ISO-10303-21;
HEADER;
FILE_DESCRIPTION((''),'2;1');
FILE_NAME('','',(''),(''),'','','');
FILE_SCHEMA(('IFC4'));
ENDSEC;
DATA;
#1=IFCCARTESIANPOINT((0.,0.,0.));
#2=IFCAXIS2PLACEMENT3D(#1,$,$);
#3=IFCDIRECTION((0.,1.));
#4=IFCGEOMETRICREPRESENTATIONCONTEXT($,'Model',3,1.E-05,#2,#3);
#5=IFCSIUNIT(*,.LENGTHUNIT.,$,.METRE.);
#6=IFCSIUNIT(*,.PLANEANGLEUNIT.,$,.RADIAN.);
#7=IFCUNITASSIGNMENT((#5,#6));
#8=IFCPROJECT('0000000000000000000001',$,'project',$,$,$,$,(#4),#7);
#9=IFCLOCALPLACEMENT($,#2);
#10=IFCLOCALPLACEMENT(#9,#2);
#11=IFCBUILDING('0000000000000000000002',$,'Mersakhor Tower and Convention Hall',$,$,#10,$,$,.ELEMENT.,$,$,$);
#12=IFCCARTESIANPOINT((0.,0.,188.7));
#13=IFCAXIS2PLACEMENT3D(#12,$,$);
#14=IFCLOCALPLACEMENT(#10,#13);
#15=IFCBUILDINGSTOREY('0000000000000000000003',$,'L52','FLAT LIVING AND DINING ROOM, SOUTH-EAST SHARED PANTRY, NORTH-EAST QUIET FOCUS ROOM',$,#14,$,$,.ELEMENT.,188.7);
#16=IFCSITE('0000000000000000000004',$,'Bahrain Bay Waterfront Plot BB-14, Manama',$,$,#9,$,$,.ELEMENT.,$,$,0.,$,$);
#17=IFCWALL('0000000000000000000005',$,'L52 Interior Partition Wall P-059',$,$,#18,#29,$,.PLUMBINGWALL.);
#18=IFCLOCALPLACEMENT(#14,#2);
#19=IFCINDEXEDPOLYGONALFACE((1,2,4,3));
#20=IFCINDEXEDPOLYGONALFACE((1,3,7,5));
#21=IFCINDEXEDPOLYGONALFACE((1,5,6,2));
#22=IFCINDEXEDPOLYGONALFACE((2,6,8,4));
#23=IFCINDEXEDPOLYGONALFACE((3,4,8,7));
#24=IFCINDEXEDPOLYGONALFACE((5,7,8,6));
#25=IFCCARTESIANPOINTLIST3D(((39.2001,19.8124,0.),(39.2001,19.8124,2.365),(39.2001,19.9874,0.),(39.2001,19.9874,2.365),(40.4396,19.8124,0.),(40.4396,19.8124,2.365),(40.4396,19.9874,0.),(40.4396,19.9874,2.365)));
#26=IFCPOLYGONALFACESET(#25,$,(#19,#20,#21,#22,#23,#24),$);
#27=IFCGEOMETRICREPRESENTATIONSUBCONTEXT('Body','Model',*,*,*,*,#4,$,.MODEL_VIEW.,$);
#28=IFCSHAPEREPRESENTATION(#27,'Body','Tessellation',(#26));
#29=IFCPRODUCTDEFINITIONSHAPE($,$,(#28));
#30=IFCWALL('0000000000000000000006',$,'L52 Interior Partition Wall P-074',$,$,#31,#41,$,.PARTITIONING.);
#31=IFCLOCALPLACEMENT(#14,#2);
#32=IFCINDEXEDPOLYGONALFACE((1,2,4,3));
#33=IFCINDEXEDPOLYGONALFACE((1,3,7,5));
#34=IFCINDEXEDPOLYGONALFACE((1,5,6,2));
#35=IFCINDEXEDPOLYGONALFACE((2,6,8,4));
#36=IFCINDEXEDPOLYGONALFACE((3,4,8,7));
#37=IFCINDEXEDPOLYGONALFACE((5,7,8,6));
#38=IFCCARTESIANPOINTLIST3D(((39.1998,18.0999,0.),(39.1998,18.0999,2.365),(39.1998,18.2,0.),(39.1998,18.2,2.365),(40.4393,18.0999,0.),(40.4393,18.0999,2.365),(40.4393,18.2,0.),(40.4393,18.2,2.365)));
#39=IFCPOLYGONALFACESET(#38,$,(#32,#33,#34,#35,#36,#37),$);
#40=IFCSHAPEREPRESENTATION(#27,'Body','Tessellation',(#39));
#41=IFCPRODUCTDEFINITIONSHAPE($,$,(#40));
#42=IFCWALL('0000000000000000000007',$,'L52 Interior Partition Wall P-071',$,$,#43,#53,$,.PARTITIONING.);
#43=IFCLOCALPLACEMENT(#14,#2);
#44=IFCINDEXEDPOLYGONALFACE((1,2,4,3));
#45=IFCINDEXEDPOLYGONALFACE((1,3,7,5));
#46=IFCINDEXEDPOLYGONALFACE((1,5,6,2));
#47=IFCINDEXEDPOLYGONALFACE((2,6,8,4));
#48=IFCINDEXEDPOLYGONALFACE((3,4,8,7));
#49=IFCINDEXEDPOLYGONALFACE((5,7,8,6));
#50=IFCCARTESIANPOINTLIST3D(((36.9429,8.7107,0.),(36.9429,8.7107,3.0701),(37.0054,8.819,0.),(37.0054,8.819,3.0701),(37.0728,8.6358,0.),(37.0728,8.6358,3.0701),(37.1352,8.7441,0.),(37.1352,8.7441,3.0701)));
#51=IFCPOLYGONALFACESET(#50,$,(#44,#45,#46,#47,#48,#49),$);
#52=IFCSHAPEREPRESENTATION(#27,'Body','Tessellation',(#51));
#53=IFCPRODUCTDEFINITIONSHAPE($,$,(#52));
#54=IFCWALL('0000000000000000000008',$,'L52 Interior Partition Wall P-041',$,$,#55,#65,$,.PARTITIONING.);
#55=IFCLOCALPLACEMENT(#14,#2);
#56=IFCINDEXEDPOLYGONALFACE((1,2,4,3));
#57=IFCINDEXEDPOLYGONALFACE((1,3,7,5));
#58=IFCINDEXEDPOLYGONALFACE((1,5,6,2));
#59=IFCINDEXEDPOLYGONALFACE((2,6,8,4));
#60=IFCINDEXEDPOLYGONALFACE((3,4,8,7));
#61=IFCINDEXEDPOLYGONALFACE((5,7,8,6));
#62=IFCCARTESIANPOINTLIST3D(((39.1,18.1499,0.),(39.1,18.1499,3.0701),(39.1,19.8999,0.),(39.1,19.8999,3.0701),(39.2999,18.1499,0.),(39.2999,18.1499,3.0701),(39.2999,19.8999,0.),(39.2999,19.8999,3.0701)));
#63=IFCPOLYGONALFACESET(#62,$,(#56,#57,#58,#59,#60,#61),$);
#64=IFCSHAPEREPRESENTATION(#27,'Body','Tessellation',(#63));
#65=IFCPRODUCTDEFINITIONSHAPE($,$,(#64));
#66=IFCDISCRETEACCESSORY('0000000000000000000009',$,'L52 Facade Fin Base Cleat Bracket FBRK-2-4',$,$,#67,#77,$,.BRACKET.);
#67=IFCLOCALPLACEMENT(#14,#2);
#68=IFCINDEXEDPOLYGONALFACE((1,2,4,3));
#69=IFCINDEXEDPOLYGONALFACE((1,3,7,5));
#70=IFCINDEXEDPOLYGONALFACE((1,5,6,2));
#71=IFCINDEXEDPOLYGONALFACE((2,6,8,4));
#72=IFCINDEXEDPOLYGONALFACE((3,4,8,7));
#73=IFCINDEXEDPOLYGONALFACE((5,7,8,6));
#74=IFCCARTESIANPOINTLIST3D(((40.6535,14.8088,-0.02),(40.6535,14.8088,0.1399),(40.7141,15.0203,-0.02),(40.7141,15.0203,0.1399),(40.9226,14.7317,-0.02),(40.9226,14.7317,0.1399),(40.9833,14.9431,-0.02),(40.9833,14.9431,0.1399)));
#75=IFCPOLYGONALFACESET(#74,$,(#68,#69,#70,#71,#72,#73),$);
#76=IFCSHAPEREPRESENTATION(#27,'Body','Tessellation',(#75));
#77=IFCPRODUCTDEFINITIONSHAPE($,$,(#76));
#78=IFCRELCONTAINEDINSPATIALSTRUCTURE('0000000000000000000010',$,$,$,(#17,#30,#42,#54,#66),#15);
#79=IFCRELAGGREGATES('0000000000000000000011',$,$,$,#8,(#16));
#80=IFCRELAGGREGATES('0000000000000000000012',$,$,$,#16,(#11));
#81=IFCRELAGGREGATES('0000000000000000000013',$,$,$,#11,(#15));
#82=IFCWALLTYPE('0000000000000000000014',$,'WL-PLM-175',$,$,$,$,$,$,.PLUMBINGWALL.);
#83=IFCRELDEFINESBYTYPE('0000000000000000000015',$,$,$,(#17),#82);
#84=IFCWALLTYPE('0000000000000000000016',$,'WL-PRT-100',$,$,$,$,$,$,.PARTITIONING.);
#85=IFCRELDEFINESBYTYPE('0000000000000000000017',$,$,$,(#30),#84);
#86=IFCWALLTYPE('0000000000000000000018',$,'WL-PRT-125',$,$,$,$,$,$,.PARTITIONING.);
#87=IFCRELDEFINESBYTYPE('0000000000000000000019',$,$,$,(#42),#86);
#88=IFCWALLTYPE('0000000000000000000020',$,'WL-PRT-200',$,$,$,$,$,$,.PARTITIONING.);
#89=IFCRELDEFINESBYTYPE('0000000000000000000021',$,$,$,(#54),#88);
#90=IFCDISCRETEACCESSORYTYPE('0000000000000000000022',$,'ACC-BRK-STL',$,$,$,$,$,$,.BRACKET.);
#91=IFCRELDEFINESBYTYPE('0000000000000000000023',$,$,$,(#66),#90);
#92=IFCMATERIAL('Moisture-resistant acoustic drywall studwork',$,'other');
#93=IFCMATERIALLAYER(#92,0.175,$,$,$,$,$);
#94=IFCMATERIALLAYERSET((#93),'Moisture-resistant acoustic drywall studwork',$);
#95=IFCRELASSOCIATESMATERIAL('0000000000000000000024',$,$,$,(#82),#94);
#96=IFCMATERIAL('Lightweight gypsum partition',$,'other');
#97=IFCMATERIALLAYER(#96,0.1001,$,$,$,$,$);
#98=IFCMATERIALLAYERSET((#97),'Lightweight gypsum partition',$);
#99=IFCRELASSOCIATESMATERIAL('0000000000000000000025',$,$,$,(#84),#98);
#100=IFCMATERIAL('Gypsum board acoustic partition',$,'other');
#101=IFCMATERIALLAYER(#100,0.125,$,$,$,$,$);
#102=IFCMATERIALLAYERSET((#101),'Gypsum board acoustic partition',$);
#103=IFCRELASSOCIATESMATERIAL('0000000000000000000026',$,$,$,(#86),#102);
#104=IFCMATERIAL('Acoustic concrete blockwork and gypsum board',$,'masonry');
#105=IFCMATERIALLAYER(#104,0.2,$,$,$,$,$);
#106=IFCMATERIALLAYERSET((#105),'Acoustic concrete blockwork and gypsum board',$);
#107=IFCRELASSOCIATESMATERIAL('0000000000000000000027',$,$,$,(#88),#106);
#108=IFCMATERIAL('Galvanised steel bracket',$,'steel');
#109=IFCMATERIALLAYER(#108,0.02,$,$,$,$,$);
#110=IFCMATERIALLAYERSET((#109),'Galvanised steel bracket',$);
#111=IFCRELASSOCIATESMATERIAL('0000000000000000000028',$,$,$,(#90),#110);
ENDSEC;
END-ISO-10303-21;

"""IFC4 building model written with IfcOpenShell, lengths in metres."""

from ifc_helpers import new_model, si_unit, direction, frame, frame_2d, origin, origin_2d, place, context, subcontext, project, spatial, rectangle, extrude, material, layer, layer_set, type_object, element, save


model = new_model("IFC4")

# Units and contexts
model_context = context("Model", 3, precision=1e-05, world=origin(), true_north=direction((0.0, 1.0)))
body_context = subcontext(model_context, "Body", "Model", "MODEL_VIEW")
ifc_project = project(units=[si_unit("LENGTHUNIT", "METRE"), si_unit("PLANEANGLEUNIT", "RADIAN")], contexts=[model_context])

# Site, building, storey
site_placement = place(None, origin())
site = spatial("IfcSite", under=ifc_project, at=site_placement, Name="Bahrain Bay Waterfront Plot BB-14, Manama", CompositionType="ELEMENT", RefElevation=0.0)
building_placement = place(site_placement, origin())
building = spatial("IfcBuilding", under=site, at=building_placement, Name="Mersakhor Tower and Convention Hall", CompositionType="ELEMENT")
storey_placement = place(building_placement, frame((0.0, 0.0, 188.7)))
storey = spatial("IfcBuildingStorey", under=building, at=storey_placement, Name="L52", Description="FLAT LIVING AND DINING ROOM, SOUTH-EAST SHARED PANTRY, NORTH-EAST QUIET FOCUS ROOM", CompositionType="ELEMENT", Elevation=188.7)

# Walls
ifc_material_1 = material(Name="Moisture-resistant acoustic drywall studwork", Category="other")
ifc_layer_1 = layer(ifc_material_1, 0.175)
ifc_layer_set_1 = layer_set([ifc_layer_1], Name="Moisture-resistant acoustic drywall studwork")
wall_type_1 = type_object("IfcWallType", Name="WL-PLM-175", PredefinedType="PLUMBINGWALL", material=ifc_layer_set_1)
wall_1_placement = place(storey_placement, frame((40.4395, 19.8999, 0.0), z_axis=(0.0, 0.0, 1.0), x_axis=(-1.0, 0.0, 0.0)))
element("IfcWall", 1, at=wall_1_placement, inside=storey, type_object=wall_type_1, Name="L52 Interior Partition Wall P-059", PredefinedType="PLUMBINGWALL", context=body_context, shape_type="SweptSolid", body=[
    extrude(rectangle(XDim=1.2395, YDim=0.175, at=frame_2d((0.6196, 0.0))), origin(), (0.0, 0.0, 1.0), 2.365),
])
ifc_material_2 = material(Name="Lightweight gypsum partition", Category="other")
ifc_layer_2 = layer(ifc_material_2, 0.1001)
ifc_layer_set_2 = layer_set([ifc_layer_2], Name="Lightweight gypsum partition")
wall_type_2 = type_object("IfcWallType", Name="WL-PRT-100", PredefinedType="PARTITIONING", material=ifc_layer_set_2)
wall_2_placement = place(storey_placement, frame((39.2, 18.1499, 0.0), z_axis=(0.0, 0.0, 1.0), x_axis=(1.0, 0.0, 0.0)))
element("IfcWall", 2, at=wall_2_placement, inside=storey, type_object=wall_type_2, Name="L52 Interior Partition Wall P-074", PredefinedType="PARTITIONING", context=body_context, shape_type="SweptSolid", body=[
    extrude(rectangle(XDim=1.2395, YDim=0.1001, at=frame_2d((0.6196, 0.0))), origin(), (0.0, 0.0, 1.0), 2.365),
])
ifc_material_3 = material(Name="Gypsum board acoustic partition", Category="other")
ifc_layer_3 = layer(ifc_material_3, 0.125)
ifc_layer_set_3 = layer_set([ifc_layer_3], Name="Gypsum board acoustic partition")
wall_type_3 = type_object("IfcWallType", Name="WL-PRT-125", PredefinedType="PARTITIONING", material=ifc_layer_set_3)
wall_3_placement = place(storey_placement, frame((37.104, 8.6899, 0.0), z_axis=(0.0, 0.0, 1.0), x_axis=(-0.866131, 0.499816, 0.0)))
element("IfcWall", 3, at=wall_3_placement, inside=storey, type_object=wall_type_3, Name="L52 Interior Partition Wall P-071", PredefinedType="PARTITIONING", context=body_context, shape_type="SweptSolid", body=[
    extrude(rectangle(XDim=0.1499, YDim=0.125, at=frame_2d((0.075, 0.0))), origin(), (0.0, 0.0, 1.0), 3.0701),
])
ifc_material_4 = material(Name="Acoustic concrete blockwork and gypsum board", Category="masonry")
ifc_layer_4 = layer(ifc_material_4, 0.2)
ifc_layer_set_4 = layer_set([ifc_layer_4], Name="Acoustic concrete blockwork and gypsum board")
wall_type_4 = type_object("IfcWallType", Name="WL-PRT-200", PredefinedType="PARTITIONING", material=ifc_layer_set_4)
wall_4_placement = place(storey_placement, frame((39.2, 19.8999, 0.0), z_axis=(0.0, 0.0, 1.0), x_axis=(0.0, -1.0, 0.0)))
element("IfcWall", 4, at=wall_4_placement, inside=storey, type_object=wall_type_4, Name="L52 Interior Partition Wall P-041", PredefinedType="PARTITIONING", context=body_context, shape_type="SweptSolid", body=[
    extrude(rectangle(XDim=1.75, YDim=0.2, at=frame_2d((0.875, 0.0))), origin(), (0.0, 0.0, 1.0), 3.0701),
])

# Discrete accessory
ifc_material_5 = material(Name="Galvanised steel bracket", Category="steel")
ifc_layer_5 = layer(ifc_material_5, 0.02)
ifc_layer_set_5 = layer_set([ifc_layer_5], Name="Galvanised steel bracket")
discrete_accessory_type = type_object("IfcDiscreteAccessoryType", Name="ACC-BRK-STL", PredefinedType="BRACKET", material=ifc_layer_set_5)
discrete_accessory_placement = place(storey_placement, frame((40.8184, 14.876, -0.02), z_axis=(0.0, 0.0, 1.0), x_axis=(0.961262, -0.275637, 0.0)))
element("IfcDiscreteAccessory", 5, at=discrete_accessory_placement, inside=storey, type_object=discrete_accessory_type, Name="L52 Facade Fin Base Cleat Bracket FBRK-2-4", PredefinedType="BRACKET", context=body_context, shape_type="SweptSolid", body=[
    extrude(rectangle(XDim=0.28, YDim=0.22, at=origin_2d()), origin(), (0.0, 0.0, 1.0), 0.1599),
])

save(model, "model.ifc")
